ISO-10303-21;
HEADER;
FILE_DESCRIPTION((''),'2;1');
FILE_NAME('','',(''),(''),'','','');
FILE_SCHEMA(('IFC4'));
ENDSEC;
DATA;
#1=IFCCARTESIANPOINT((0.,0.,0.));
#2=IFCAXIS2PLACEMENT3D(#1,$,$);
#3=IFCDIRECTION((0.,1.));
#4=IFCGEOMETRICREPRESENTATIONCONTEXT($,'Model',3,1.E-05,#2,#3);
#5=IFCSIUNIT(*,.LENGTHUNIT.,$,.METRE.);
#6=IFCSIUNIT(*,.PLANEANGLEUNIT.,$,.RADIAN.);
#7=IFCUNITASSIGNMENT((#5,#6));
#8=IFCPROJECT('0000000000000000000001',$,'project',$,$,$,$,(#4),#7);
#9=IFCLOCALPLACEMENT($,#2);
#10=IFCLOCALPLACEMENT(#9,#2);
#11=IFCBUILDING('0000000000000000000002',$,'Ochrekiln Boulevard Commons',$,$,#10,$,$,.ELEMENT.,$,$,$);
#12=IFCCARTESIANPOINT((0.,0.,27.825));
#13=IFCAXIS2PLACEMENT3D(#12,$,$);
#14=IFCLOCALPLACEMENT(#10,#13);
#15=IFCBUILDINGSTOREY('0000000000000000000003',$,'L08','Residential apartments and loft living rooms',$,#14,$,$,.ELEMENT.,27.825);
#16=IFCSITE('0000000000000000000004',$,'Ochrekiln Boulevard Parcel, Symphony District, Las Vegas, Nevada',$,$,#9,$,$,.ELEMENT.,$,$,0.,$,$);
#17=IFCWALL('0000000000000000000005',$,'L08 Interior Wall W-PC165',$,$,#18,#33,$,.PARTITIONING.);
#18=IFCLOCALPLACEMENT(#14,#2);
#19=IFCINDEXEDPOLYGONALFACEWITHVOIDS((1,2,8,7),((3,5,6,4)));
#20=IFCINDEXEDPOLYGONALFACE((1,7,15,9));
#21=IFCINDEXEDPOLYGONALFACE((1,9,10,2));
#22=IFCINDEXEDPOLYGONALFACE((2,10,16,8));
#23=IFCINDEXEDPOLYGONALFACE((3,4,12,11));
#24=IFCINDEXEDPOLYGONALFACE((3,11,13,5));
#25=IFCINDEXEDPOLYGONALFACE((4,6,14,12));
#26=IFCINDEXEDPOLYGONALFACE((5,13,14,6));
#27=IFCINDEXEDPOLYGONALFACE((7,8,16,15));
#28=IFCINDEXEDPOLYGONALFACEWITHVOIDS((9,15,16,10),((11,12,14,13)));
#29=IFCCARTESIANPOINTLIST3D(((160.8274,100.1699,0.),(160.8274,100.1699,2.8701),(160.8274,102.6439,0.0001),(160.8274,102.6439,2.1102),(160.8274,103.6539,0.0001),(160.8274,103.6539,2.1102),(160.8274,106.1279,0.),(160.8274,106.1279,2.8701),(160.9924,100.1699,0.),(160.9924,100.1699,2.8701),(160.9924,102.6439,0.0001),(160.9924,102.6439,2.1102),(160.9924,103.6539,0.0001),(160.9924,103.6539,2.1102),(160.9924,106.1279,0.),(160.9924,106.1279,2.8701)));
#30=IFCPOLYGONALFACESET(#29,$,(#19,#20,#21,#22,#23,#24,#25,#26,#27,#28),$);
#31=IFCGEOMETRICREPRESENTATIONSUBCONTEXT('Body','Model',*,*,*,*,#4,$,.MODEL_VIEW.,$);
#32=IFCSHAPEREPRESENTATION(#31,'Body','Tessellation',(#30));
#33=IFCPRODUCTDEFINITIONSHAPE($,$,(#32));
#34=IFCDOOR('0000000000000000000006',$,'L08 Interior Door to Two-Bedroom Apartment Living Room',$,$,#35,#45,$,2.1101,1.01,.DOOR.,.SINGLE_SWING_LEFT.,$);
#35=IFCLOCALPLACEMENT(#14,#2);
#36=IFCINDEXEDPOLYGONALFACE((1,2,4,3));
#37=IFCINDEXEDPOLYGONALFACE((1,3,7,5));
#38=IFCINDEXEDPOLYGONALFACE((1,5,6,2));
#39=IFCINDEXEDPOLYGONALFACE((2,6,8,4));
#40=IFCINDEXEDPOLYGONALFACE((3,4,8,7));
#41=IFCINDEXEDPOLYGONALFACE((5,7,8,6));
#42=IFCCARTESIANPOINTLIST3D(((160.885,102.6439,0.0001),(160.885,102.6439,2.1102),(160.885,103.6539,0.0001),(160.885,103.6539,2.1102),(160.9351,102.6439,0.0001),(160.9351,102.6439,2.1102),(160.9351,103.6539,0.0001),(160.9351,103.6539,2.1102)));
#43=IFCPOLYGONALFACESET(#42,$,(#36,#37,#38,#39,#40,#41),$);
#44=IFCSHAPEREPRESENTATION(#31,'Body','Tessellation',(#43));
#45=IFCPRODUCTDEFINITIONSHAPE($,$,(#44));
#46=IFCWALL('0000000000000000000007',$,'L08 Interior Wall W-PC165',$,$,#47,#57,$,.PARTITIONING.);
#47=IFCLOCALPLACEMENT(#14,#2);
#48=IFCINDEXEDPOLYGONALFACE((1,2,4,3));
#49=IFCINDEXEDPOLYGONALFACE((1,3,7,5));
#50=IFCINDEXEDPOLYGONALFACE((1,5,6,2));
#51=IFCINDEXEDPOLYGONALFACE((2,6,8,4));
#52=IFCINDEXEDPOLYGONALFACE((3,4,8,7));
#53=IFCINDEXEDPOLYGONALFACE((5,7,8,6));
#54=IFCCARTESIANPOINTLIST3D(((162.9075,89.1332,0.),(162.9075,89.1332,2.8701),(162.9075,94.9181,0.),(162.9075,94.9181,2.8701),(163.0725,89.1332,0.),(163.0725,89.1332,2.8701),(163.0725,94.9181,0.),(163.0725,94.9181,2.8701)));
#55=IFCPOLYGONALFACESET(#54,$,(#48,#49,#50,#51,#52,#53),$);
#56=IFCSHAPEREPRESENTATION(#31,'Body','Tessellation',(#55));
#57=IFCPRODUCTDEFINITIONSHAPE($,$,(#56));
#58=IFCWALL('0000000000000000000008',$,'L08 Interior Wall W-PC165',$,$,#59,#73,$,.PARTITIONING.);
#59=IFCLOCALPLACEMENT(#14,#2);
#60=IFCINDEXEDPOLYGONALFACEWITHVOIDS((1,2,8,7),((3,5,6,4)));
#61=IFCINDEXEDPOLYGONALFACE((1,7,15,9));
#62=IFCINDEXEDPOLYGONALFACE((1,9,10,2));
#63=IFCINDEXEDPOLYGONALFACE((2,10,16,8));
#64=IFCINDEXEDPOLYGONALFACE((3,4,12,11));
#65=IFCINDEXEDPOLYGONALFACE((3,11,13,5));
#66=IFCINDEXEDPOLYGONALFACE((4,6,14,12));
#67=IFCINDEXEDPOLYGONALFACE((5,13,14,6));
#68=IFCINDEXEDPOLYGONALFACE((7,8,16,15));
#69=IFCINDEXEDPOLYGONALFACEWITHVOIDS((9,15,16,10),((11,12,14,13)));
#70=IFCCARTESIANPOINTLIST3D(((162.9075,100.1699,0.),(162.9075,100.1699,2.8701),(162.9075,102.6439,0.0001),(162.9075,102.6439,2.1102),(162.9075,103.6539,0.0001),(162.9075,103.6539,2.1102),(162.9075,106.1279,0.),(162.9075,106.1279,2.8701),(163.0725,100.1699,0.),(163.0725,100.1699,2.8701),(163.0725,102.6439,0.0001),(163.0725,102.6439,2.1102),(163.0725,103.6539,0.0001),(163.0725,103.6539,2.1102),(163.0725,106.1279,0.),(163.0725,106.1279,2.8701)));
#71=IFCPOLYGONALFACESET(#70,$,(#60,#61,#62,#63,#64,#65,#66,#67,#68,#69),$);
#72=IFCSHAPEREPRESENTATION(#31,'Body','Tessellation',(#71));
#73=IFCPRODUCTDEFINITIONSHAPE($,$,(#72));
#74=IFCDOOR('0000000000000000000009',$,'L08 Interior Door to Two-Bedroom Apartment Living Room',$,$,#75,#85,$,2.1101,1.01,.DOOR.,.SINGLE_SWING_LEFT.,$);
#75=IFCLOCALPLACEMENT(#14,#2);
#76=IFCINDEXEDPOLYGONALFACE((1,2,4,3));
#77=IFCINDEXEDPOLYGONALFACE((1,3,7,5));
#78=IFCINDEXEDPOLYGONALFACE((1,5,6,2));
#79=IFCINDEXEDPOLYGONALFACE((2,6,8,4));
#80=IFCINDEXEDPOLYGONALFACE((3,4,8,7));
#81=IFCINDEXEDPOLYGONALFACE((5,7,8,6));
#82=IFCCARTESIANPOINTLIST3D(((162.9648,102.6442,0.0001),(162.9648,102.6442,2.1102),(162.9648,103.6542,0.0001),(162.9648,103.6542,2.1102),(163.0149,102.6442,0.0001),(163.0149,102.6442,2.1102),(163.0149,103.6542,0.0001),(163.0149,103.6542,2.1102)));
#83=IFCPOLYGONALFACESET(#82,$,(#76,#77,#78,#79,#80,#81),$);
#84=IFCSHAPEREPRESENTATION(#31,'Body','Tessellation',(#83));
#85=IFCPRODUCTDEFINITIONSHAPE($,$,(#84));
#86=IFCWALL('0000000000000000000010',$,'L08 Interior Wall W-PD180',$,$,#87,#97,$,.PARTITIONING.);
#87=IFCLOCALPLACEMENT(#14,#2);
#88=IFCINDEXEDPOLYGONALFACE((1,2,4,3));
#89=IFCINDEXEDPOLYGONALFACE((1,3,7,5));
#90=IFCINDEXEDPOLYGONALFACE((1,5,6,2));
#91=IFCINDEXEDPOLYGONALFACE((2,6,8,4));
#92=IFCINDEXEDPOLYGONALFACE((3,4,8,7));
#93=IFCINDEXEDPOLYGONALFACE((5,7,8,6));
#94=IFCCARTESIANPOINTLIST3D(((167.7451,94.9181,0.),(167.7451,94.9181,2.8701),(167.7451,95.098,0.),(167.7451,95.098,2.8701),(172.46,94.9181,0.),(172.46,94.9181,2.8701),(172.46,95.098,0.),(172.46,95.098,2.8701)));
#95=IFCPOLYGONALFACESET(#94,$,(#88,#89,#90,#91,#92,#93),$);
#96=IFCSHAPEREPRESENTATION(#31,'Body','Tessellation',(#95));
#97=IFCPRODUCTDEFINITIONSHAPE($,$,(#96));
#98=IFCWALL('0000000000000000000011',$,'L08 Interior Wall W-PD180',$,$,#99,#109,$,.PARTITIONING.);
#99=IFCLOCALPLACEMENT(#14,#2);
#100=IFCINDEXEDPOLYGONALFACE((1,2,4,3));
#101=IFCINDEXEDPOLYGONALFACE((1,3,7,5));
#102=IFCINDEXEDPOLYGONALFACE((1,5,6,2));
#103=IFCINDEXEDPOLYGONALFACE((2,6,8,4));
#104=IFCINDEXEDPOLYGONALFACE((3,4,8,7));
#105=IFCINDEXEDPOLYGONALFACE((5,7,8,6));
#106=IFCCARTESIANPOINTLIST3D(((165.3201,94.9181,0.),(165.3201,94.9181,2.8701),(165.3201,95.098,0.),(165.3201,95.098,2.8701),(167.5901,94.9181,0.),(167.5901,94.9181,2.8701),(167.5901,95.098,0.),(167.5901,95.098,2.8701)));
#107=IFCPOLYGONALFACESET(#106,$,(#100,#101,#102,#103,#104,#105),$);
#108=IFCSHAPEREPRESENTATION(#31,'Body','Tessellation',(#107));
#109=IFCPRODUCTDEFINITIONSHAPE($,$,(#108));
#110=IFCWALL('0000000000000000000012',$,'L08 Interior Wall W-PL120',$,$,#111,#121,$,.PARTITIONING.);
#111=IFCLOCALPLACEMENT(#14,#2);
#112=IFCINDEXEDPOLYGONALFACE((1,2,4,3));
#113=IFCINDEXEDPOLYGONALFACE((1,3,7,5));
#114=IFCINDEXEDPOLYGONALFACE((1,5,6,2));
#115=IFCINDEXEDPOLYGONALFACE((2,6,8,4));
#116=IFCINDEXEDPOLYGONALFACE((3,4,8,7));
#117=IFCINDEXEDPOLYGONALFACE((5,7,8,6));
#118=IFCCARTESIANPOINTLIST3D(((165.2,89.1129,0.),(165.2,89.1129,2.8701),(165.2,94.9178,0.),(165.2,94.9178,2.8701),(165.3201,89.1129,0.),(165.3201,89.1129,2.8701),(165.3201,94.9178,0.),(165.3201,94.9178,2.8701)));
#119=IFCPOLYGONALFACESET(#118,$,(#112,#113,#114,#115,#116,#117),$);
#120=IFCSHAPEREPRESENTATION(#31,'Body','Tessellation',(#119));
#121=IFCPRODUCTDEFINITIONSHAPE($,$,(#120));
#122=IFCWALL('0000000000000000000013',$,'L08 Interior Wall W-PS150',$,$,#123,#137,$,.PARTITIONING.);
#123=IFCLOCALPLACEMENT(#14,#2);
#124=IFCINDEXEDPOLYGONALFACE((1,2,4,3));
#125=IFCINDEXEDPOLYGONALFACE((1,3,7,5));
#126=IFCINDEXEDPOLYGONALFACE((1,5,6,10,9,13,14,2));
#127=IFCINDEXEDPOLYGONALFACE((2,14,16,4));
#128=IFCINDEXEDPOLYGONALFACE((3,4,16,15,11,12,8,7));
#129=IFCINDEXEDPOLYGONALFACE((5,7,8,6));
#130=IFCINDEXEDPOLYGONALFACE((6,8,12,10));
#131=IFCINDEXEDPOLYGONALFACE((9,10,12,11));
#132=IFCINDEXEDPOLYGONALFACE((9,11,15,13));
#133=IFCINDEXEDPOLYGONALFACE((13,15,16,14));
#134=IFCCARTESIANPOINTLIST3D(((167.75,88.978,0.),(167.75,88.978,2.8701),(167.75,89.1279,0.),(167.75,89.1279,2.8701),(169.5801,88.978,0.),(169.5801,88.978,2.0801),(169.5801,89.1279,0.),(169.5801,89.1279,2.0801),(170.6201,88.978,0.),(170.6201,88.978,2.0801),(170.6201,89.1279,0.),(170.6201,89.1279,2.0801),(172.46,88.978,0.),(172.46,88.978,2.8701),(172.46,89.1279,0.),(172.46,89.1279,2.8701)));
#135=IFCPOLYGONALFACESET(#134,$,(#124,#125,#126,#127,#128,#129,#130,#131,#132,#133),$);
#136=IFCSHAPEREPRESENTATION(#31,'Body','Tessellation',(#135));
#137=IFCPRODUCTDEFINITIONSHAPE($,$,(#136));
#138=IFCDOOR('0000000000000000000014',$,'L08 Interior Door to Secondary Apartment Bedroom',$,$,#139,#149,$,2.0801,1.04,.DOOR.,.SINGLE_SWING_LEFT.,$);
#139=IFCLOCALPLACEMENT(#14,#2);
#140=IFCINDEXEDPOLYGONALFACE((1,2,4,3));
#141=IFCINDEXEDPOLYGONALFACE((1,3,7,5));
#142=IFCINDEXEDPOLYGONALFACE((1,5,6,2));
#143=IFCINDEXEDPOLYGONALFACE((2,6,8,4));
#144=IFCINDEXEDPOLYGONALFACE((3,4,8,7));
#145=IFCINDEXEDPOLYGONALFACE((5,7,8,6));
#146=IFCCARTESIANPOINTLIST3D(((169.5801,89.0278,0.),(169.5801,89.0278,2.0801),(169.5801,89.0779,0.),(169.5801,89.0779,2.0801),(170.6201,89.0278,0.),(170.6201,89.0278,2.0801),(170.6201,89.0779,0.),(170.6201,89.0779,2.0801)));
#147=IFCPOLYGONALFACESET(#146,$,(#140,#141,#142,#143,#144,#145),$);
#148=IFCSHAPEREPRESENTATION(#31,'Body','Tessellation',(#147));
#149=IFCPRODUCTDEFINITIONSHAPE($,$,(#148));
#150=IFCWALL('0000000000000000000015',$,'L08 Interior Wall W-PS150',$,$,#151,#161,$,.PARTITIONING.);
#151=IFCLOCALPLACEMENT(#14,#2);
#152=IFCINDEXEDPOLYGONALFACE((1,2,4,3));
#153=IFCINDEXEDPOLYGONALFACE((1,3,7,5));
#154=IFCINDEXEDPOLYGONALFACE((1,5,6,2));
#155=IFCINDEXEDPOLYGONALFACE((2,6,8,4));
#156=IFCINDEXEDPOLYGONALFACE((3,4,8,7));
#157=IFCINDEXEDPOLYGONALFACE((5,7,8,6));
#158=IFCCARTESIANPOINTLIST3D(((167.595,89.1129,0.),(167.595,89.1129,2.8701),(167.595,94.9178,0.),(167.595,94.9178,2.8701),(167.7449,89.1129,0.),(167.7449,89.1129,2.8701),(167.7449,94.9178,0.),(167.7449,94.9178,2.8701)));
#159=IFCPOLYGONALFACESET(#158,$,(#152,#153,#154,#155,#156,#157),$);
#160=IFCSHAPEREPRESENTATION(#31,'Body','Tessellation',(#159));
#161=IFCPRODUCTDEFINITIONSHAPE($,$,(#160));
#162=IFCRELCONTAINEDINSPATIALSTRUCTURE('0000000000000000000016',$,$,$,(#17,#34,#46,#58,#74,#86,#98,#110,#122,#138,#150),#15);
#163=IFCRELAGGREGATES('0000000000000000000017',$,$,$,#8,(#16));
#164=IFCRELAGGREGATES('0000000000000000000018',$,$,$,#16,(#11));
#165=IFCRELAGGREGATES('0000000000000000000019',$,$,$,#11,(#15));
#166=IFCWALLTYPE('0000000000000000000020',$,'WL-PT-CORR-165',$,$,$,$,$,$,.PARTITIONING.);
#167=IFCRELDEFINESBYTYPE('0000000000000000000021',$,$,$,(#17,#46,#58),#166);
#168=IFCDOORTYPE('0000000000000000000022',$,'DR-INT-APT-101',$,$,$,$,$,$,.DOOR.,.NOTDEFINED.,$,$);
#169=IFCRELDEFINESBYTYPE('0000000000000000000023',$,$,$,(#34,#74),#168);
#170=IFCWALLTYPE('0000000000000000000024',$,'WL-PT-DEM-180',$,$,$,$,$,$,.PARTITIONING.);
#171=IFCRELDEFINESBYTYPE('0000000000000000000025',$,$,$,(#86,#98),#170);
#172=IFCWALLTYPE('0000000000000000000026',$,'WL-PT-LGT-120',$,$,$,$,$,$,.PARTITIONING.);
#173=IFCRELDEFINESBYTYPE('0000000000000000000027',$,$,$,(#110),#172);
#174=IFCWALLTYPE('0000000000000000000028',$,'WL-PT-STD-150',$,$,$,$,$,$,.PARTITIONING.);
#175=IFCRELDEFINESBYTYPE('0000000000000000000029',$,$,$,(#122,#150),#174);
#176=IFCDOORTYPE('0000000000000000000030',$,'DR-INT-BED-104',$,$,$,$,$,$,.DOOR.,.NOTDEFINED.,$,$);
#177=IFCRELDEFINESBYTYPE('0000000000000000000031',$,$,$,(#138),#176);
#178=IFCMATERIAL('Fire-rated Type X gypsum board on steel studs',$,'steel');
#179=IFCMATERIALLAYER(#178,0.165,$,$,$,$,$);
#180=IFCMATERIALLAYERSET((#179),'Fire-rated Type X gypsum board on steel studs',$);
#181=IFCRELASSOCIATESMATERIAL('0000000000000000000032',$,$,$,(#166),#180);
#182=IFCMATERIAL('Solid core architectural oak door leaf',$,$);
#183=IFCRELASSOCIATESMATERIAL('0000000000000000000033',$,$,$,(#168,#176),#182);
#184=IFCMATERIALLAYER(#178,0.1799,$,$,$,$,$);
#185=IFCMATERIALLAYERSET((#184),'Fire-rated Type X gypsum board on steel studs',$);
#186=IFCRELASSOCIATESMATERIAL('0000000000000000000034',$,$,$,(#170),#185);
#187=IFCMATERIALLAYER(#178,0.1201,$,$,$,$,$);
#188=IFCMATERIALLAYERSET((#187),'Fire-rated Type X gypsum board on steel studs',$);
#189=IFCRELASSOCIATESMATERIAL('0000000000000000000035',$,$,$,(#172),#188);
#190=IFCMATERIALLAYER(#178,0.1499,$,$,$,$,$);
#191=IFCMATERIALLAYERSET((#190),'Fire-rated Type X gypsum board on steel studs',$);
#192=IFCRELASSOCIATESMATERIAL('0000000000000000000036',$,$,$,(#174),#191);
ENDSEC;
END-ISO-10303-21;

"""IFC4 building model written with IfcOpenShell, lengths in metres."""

from ifc_helpers import new_model, si_unit, direction, frame, frame_2d, origin, place, context, subcontext, project, spatial, rectangle, extrude, material, layer, layer_set, type_object, element, fill, save


model = new_model("IFC4")

# Units and contexts
model_context = context("Model", 3, precision=1e-05, world=origin(), true_north=direction((0.0, 1.0)))
body_context = subcontext(model_context, "Body", "Model", "MODEL_VIEW")
ifc_project = project(units=[si_unit("LENGTHUNIT", "METRE"), si_unit("PLANEANGLEUNIT", "RADIAN")], contexts=[model_context])

# Site, building, storey
site_placement = place(None, origin())
site = spatial("IfcSite", under=ifc_project, at=site_placement, Name="Ochrekiln Boulevard Parcel, Symphony District, Las Vegas, Nevada", CompositionType="ELEMENT", RefElevation=0.0)
building_placement = place(site_placement, origin())
building = spatial("IfcBuilding", under=site, at=building_placement, Name="Ochrekiln Boulevard Commons", CompositionType="ELEMENT")
storey_placement = place(building_placement, frame((0.0, 0.0, 27.825)))
storey = spatial("IfcBuildingStorey", under=building, at=storey_placement, Name="L08", Description="Residential apartments and loft living rooms", CompositionType="ELEMENT", Elevation=27.825)

# Shared definitions
ifc_material_1 = material(Name="Solid core architectural oak door leaf")

# Wall, opening, door
ifc_material_2 = material(Name="Fire-rated Type X gypsum board on steel studs", Category="steel")
ifc_layer_1 = layer(ifc_material_2, 0.165)
ifc_layer_set_1 = layer_set([ifc_layer_1], Name="Fire-rated Type X gypsum board on steel studs")
wall_type_1 = type_object("IfcWallType", Name="WL-PT-CORR-165", PredefinedType="PARTITIONING", material=ifc_layer_set_1)
wall_1_placement = place(storey_placement, frame((160.9099, 100.1699, 0.0), z_axis=(0.0, 0.0, 1.0), x_axis=(0.0, 1.0, 0.0)))
wall_1 = element("IfcWall", 1, at=wall_1_placement, inside=storey, type_object=wall_type_1, Name="L08 Interior Wall W-PC165", PredefinedType="PARTITIONING", context=body_context, shape_type="SweptSolid", body=[
    extrude(rectangle(XDim=5.958, YDim=0.165, at=frame_2d((2.979, 0.0))), origin(), (0.0, 0.0, 1.0), 2.8701),
])
opening_1_placement = place(wall_1_placement, frame((2.4741, 0.0, 0.0)))
opening_1 = element("IfcOpeningElement", 2, at=opening_1_placement, cuts=wall_1, PredefinedType="OPENING", context=body_context, shape_type="SweptSolid", body=[
    extrude(rectangle(XDim=1.01, YDim=2.1101, at=frame_2d((0.5049, 1.0552))), frame((0.0, 0.0925, 0.0), z_axis=(0.0, -1.0, 0.0), x_axis=(1.0, 0.0, 0.0)), (0.0, 0.0, 1.0), 0.1851),
])
door_type_1 = type_object("IfcDoorType", Name="DR-INT-APT-101", OperationType="NOTDEFINED", PredefinedType="DOOR", material=ifc_material_1)
door_1_placement = place(opening_1_placement, origin())
door_1 = element("IfcDoor", 3, at=door_1_placement, inside=storey, type_object=door_type_1, Name="L08 Interior Door to Two-Bedroom Apartment Living Room", OperationType="SINGLE_SWING_LEFT", OverallHeight=2.1101, OverallWidth=1.01, PredefinedType="DOOR", context=body_context, shape_type="SweptSolid", body=[
    extrude(rectangle(XDim=1.01, YDim=2.1101, at=frame_2d((0.5049, 1.0552))), frame((0.0, 0.0249, 0.0), z_axis=(0.0, -1.0, 0.0), x_axis=(1.0, 0.0, 0.0)), (0.0, 0.0, 1.0), 0.05),
])
fill(opening_1, door_1)

# Wall
wall_2_placement = place(storey_placement, frame((162.99, 89.1331, 0.0), z_axis=(0.0, 0.0, 1.0), x_axis=(0.0, 1.0, 0.0)))
element("IfcWall", 4, at=wall_2_placement, inside=storey, type_object=wall_type_1, Name="L08 Interior Wall W-PC165", PredefinedType="PARTITIONING", context=body_context, shape_type="SweptSolid", body=[
    extrude(rectangle(XDim=5.7849, YDim=0.165, at=frame_2d((2.8926, 0.0))), origin(), (0.0, 0.0, 1.0), 2.8701),
])

# Wall, opening, door
wall_3_placement = place(storey_placement, frame((162.99, 100.1699, 0.0), z_axis=(0.0, 0.0, 1.0), x_axis=(0.0, 1.0, 0.0)))
wall_3 = element("IfcWall", 5, at=wall_3_placement, inside=storey, type_object=wall_type_1, Name="L08 Interior Wall W-PC165", PredefinedType="PARTITIONING", context=body_context, shape_type="SweptSolid", body=[
    extrude(rectangle(XDim=5.958, YDim=0.165, at=frame_2d((2.979, 0.0))), origin(), (0.0, 0.0, 1.0), 2.8701),
])
opening_2_placement = place(wall_3_placement, frame((2.4741, 0.0, 0.0)))
opening_2 = element("IfcOpeningElement", 6, at=opening_2_placement, cuts=wall_3, PredefinedType="OPENING", context=body_context, shape_type="SweptSolid", body=[
    extrude(rectangle(XDim=1.01, YDim=2.1101, at=frame_2d((0.5049, 1.0552))), frame((0.0, 0.0925, 0.0), z_axis=(0.0, -1.0, 0.0), x_axis=(1.0, 0.0, 0.0)), (0.0, 0.0, 1.0), 0.1851),
])
door_2_placement = place(opening_2_placement, frame((1.01, 0.0, 0.0), z_axis=(0.0, 0.0, 1.0), x_axis=(-1.0, 0.0, 0.0)))
door_2 = element("IfcDoor", 7, at=door_2_placement, inside=storey, type_object=door_type_1, Name="L08 Interior Door to Two-Bedroom Apartment Living Room", OperationType="SINGLE_SWING_LEFT", OverallHeight=2.1101, OverallWidth=1.01, PredefinedType="DOOR", context=body_context, shape_type="SweptSolid", body=[
    extrude(rectangle(XDim=1.01, YDim=2.1101, at=frame_2d((0.5049, 1.0552))), frame((0.0, 0.0249, 0.0), z_axis=(0.0, -1.0, 0.0), x_axis=(1.0, 0.0, 0.0)), (0.0, 0.0, 1.0), 0.05),
])
fill(opening_2, door_2)

# Walls
ifc_layer_2 = layer(ifc_material_2, 0.1799)
ifc_layer_set_2 = layer_set([ifc_layer_2], Name="Fire-rated Type X gypsum board on steel studs")
wall_type_2 = type_object("IfcWallType", Name="WL-PT-DEM-180", PredefinedType="PARTITIONING", material=ifc_layer_set_2)
wall_4_placement = place(storey_placement, frame((167.7451, 95.0081, 0.0), z_axis=(0.0, 0.0, 1.0), x_axis=(1.0, 0.0, 0.0)))
element("IfcWall", 8, at=wall_4_placement, inside=storey, type_object=wall_type_2, Name="L08 Interior Wall W-PD180", PredefinedType="PARTITIONING", context=body_context, shape_type="SweptSolid", body=[
    extrude(rectangle(XDim=4.7148, YDim=0.1799, at=frame_2d((2.3574, 0.0))), origin(), (0.0, 0.0, 1.0), 2.8701),
])
wall_5_placement = place(storey_placement, frame((165.3201, 95.0081, 0.0), z_axis=(0.0, 0.0, 1.0), x_axis=(1.0, 0.0, 0.0)))
element("IfcWall", 9, at=wall_5_placement, inside=storey, type_object=wall_type_2, Name="L08 Interior Wall W-PD180", PredefinedType="PARTITIONING", context=body_context, shape_type="SweptSolid", body=[
    extrude(rectangle(XDim=2.27, YDim=0.1799, at=frame_2d((1.135, 0.0))), origin(), (0.0, 0.0, 1.0), 2.8701),
])
ifc_layer_3 = layer(ifc_material_2, 0.1201)
ifc_layer_set_3 = layer_set([ifc_layer_3], Name="Fire-rated Type X gypsum board on steel studs")
wall_type_3 = type_object("IfcWallType", Name="WL-PT-LGT-120", PredefinedType="PARTITIONING", material=ifc_layer_set_3)
wall_6_placement = place(storey_placement, frame((165.26, 89.113, 0.0), z_axis=(0.0, 0.0, 1.0), x_axis=(0.0, 1.0, 0.0)))
element("IfcWall", 10, at=wall_6_placement, inside=storey, type_object=wall_type_3, Name="L08 Interior Wall W-PL120", PredefinedType="PARTITIONING", context=body_context, shape_type="SweptSolid", body=[
    extrude(rectangle(XDim=5.8049, YDim=0.1201, at=frame_2d((2.9023, 0.0))), origin(), (0.0, 0.0, 1.0), 2.8701),
])

# Wall, opening, door
ifc_layer_4 = layer(ifc_material_2, 0.1499)
ifc_layer_set_4 = layer_set([ifc_layer_4], Name="Fire-rated Type X gypsum board on steel studs")
wall_type_4 = type_object("IfcWallType", Name="WL-PT-STD-150", PredefinedType="PARTITIONING", material=ifc_layer_set_4)
wall_7_placement = place(storey_placement, frame((167.75, 89.053, 0.0), z_axis=(0.0, 0.0, 1.0), x_axis=(1.0, 0.0, 0.0)))
wall_7 = element("IfcWall", 11, at=wall_7_placement, inside=storey, type_object=wall_type_4, Name="L08 Interior Wall W-PS150", PredefinedType="PARTITIONING", context=body_context, shape_type="SweptSolid", body=[
    extrude(rectangle(XDim=4.71, YDim=0.1499, at=frame_2d((2.355, 0.0))), origin(), (0.0, 0.0, 1.0), 2.8701),
])
opening_3_placement = place(wall_7_placement, frame((1.8301, 0.0, 0.0)))
opening_3 = element("IfcOpeningElement", 12, at=opening_3_placement, cuts=wall_7, PredefinedType="OPENING", context=body_context, shape_type="SweptSolid", body=[
    extrude(rectangle(XDim=1.04, YDim=2.0801, at=frame_2d((0.52, 1.04))), frame((0.0, 0.085, 0.0), z_axis=(0.0, -1.0, 0.0), x_axis=(1.0, 0.0, 0.0)), (0.0, 0.0, 1.0), 0.1699),
])
door_type_2 = type_object("IfcDoorType", Name="DR-INT-BED-104", OperationType="NOTDEFINED", PredefinedType="DOOR", material=ifc_material_1)
door_3_placement = place(opening_3_placement, origin())
door_3 = element("IfcDoor", 13, at=door_3_placement, inside=storey, type_object=door_type_2, Name="L08 Interior Door to Secondary Apartment Bedroom", OperationType="SINGLE_SWING_LEFT", OverallHeight=2.0801, OverallWidth=1.04, PredefinedType="DOOR", context=body_context, shape_type="SweptSolid", body=[
    extrude(rectangle(XDim=1.04, YDim=2.0801, at=frame_2d((0.52, 1.04))), frame((0.0, 0.0249, 0.0), z_axis=(0.0, -1.0, 0.0), x_axis=(1.0, 0.0, 0.0)), (0.0, 0.0, 1.0), 0.05),
])
fill(opening_3, door_3)

# Wall
wall_8_placement = place(storey_placement, frame((167.6699, 89.113, 0.0), z_axis=(0.0, 0.0, 1.0), x_axis=(0.0, 1.0, 0.0)))
element("IfcWall", 14, at=wall_8_placement, inside=storey, type_object=wall_type_4, Name="L08 Interior Wall W-PS150", PredefinedType="PARTITIONING", context=body_context, shape_type="SweptSolid", body=[
    extrude(rectangle(XDim=5.8049, YDim=0.1499, at=frame_2d((2.9023, 0.0))), origin(), (0.0, 0.0, 1.0), 2.8701),
])

save(model, "model.ifc")
